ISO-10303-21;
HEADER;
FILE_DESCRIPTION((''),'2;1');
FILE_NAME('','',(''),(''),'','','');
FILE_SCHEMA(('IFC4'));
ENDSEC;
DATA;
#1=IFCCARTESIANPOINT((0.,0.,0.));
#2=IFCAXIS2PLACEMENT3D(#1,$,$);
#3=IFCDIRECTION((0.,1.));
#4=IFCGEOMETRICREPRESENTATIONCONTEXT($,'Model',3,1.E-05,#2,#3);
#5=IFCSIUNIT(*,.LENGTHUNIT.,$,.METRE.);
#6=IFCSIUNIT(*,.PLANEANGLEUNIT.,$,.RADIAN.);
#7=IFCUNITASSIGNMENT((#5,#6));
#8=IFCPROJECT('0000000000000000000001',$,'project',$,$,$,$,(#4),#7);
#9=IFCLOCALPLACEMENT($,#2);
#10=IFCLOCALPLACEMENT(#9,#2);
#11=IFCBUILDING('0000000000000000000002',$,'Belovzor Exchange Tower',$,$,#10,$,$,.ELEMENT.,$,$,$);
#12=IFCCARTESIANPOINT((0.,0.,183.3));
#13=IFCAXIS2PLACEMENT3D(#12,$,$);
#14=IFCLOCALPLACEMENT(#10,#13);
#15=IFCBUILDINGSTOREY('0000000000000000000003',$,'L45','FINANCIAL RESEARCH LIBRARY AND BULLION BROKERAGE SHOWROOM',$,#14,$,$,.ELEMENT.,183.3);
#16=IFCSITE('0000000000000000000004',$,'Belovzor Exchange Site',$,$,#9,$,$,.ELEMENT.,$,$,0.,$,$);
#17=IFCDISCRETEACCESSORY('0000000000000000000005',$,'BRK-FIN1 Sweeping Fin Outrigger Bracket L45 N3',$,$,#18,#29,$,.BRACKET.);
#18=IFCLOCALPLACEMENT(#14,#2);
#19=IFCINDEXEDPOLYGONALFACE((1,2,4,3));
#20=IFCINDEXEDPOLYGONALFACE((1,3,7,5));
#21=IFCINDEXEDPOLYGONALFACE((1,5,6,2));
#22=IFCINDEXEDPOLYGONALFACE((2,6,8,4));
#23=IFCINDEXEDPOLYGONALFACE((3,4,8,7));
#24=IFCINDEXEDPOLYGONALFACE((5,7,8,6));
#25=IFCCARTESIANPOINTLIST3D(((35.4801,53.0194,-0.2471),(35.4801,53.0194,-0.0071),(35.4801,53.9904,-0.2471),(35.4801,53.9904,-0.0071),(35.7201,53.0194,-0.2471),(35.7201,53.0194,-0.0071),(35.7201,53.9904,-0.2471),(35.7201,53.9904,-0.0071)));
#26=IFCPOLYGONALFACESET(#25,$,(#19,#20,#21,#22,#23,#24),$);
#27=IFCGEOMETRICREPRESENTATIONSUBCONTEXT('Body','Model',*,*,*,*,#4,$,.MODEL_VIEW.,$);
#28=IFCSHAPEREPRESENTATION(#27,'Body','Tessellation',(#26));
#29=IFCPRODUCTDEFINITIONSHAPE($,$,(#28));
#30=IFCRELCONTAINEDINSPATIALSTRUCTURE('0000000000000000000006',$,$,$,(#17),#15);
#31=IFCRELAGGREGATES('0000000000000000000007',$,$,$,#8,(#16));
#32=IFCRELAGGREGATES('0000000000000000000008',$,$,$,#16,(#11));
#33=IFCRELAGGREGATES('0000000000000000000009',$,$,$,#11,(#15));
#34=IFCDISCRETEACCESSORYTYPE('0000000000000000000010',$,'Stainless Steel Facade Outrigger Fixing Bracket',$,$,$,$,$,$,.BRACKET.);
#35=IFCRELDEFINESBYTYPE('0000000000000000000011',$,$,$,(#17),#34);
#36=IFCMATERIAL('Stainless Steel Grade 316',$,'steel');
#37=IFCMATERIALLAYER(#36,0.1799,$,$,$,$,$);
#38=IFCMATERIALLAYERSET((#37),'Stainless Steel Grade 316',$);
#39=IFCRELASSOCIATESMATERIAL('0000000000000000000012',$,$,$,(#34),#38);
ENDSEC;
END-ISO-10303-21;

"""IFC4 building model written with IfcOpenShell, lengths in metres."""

from ifc_helpers import new_model, si_unit, direction, frame, origin, origin_2d, place, context, subcontext, project, spatial, rectangle, extrude, material, layer, layer_set, type_object, element, save


model = new_model("IFC4")

# Units and contexts
model_context = context("Model", 3, precision=1e-05, world=origin(), true_north=direction((0.0, 1.0)))
body_context = subcontext(model_context, "Body", "Model", "MODEL_VIEW")
ifc_project = project(units=[si_unit("LENGTHUNIT", "METRE"), si_unit("PLANEANGLEUNIT", "RADIAN")], contexts=[model_context])

# Site, building, storey
site_placement = place(None, origin())
site = spatial("IfcSite", under=ifc_project, at=site_placement, Name="Belovzor Exchange Site", CompositionType="ELEMENT", RefElevation=0.0)
building_placement = place(site_placement, origin())
building = spatial("IfcBuilding", under=site, at=building_placement, Name="Belovzor Exchange Tower", CompositionType="ELEMENT")
storey_placement = place(building_placement, frame((0.0, 0.0, 183.3)))
storey = spatial("IfcBuildingStorey", under=building, at=storey_placement, Name="L45", Description="FINANCIAL RESEARCH LIBRARY AND BULLION BROKERAGE SHOWROOM", CompositionType="ELEMENT", Elevation=183.3)

# Discrete accessory
ifc_material_1 = material(Name="Stainless Steel Grade 316", Category="steel")
ifc_layer_1 = layer(ifc_material_1, 0.1799)
ifc_layer_set_1 = layer_set([ifc_layer_1], Name="Stainless Steel Grade 316")
discrete_accessory_type = type_object("IfcDiscreteAccessoryType", Name="Stainless Steel Facade Outrigger Fixing Bracket", PredefinedType="BRACKET", material=ifc_layer_set_1)
discrete_accessory_placement = place(storey_placement, frame((35.6001, 53.5049, -0.2471), z_axis=(0.0, 0.0, 1.0), x_axis=(0.0, 1.0, 0.0)))
element("IfcDiscreteAccessory", 1, at=discrete_accessory_placement, inside=storey, type_object=discrete_accessory_type, Name="BRK-FIN1 Sweeping Fin Outrigger Bracket L45 N3", PredefinedType="BRACKET", context=body_context, shape_type="SweptSolid", body=[
    extrude(rectangle(XDim=0.9709, YDim=0.24, at=origin_2d()), origin(), (0.0, 0.0, 1.0), 0.24),
])

save(model, "model.ifc")
